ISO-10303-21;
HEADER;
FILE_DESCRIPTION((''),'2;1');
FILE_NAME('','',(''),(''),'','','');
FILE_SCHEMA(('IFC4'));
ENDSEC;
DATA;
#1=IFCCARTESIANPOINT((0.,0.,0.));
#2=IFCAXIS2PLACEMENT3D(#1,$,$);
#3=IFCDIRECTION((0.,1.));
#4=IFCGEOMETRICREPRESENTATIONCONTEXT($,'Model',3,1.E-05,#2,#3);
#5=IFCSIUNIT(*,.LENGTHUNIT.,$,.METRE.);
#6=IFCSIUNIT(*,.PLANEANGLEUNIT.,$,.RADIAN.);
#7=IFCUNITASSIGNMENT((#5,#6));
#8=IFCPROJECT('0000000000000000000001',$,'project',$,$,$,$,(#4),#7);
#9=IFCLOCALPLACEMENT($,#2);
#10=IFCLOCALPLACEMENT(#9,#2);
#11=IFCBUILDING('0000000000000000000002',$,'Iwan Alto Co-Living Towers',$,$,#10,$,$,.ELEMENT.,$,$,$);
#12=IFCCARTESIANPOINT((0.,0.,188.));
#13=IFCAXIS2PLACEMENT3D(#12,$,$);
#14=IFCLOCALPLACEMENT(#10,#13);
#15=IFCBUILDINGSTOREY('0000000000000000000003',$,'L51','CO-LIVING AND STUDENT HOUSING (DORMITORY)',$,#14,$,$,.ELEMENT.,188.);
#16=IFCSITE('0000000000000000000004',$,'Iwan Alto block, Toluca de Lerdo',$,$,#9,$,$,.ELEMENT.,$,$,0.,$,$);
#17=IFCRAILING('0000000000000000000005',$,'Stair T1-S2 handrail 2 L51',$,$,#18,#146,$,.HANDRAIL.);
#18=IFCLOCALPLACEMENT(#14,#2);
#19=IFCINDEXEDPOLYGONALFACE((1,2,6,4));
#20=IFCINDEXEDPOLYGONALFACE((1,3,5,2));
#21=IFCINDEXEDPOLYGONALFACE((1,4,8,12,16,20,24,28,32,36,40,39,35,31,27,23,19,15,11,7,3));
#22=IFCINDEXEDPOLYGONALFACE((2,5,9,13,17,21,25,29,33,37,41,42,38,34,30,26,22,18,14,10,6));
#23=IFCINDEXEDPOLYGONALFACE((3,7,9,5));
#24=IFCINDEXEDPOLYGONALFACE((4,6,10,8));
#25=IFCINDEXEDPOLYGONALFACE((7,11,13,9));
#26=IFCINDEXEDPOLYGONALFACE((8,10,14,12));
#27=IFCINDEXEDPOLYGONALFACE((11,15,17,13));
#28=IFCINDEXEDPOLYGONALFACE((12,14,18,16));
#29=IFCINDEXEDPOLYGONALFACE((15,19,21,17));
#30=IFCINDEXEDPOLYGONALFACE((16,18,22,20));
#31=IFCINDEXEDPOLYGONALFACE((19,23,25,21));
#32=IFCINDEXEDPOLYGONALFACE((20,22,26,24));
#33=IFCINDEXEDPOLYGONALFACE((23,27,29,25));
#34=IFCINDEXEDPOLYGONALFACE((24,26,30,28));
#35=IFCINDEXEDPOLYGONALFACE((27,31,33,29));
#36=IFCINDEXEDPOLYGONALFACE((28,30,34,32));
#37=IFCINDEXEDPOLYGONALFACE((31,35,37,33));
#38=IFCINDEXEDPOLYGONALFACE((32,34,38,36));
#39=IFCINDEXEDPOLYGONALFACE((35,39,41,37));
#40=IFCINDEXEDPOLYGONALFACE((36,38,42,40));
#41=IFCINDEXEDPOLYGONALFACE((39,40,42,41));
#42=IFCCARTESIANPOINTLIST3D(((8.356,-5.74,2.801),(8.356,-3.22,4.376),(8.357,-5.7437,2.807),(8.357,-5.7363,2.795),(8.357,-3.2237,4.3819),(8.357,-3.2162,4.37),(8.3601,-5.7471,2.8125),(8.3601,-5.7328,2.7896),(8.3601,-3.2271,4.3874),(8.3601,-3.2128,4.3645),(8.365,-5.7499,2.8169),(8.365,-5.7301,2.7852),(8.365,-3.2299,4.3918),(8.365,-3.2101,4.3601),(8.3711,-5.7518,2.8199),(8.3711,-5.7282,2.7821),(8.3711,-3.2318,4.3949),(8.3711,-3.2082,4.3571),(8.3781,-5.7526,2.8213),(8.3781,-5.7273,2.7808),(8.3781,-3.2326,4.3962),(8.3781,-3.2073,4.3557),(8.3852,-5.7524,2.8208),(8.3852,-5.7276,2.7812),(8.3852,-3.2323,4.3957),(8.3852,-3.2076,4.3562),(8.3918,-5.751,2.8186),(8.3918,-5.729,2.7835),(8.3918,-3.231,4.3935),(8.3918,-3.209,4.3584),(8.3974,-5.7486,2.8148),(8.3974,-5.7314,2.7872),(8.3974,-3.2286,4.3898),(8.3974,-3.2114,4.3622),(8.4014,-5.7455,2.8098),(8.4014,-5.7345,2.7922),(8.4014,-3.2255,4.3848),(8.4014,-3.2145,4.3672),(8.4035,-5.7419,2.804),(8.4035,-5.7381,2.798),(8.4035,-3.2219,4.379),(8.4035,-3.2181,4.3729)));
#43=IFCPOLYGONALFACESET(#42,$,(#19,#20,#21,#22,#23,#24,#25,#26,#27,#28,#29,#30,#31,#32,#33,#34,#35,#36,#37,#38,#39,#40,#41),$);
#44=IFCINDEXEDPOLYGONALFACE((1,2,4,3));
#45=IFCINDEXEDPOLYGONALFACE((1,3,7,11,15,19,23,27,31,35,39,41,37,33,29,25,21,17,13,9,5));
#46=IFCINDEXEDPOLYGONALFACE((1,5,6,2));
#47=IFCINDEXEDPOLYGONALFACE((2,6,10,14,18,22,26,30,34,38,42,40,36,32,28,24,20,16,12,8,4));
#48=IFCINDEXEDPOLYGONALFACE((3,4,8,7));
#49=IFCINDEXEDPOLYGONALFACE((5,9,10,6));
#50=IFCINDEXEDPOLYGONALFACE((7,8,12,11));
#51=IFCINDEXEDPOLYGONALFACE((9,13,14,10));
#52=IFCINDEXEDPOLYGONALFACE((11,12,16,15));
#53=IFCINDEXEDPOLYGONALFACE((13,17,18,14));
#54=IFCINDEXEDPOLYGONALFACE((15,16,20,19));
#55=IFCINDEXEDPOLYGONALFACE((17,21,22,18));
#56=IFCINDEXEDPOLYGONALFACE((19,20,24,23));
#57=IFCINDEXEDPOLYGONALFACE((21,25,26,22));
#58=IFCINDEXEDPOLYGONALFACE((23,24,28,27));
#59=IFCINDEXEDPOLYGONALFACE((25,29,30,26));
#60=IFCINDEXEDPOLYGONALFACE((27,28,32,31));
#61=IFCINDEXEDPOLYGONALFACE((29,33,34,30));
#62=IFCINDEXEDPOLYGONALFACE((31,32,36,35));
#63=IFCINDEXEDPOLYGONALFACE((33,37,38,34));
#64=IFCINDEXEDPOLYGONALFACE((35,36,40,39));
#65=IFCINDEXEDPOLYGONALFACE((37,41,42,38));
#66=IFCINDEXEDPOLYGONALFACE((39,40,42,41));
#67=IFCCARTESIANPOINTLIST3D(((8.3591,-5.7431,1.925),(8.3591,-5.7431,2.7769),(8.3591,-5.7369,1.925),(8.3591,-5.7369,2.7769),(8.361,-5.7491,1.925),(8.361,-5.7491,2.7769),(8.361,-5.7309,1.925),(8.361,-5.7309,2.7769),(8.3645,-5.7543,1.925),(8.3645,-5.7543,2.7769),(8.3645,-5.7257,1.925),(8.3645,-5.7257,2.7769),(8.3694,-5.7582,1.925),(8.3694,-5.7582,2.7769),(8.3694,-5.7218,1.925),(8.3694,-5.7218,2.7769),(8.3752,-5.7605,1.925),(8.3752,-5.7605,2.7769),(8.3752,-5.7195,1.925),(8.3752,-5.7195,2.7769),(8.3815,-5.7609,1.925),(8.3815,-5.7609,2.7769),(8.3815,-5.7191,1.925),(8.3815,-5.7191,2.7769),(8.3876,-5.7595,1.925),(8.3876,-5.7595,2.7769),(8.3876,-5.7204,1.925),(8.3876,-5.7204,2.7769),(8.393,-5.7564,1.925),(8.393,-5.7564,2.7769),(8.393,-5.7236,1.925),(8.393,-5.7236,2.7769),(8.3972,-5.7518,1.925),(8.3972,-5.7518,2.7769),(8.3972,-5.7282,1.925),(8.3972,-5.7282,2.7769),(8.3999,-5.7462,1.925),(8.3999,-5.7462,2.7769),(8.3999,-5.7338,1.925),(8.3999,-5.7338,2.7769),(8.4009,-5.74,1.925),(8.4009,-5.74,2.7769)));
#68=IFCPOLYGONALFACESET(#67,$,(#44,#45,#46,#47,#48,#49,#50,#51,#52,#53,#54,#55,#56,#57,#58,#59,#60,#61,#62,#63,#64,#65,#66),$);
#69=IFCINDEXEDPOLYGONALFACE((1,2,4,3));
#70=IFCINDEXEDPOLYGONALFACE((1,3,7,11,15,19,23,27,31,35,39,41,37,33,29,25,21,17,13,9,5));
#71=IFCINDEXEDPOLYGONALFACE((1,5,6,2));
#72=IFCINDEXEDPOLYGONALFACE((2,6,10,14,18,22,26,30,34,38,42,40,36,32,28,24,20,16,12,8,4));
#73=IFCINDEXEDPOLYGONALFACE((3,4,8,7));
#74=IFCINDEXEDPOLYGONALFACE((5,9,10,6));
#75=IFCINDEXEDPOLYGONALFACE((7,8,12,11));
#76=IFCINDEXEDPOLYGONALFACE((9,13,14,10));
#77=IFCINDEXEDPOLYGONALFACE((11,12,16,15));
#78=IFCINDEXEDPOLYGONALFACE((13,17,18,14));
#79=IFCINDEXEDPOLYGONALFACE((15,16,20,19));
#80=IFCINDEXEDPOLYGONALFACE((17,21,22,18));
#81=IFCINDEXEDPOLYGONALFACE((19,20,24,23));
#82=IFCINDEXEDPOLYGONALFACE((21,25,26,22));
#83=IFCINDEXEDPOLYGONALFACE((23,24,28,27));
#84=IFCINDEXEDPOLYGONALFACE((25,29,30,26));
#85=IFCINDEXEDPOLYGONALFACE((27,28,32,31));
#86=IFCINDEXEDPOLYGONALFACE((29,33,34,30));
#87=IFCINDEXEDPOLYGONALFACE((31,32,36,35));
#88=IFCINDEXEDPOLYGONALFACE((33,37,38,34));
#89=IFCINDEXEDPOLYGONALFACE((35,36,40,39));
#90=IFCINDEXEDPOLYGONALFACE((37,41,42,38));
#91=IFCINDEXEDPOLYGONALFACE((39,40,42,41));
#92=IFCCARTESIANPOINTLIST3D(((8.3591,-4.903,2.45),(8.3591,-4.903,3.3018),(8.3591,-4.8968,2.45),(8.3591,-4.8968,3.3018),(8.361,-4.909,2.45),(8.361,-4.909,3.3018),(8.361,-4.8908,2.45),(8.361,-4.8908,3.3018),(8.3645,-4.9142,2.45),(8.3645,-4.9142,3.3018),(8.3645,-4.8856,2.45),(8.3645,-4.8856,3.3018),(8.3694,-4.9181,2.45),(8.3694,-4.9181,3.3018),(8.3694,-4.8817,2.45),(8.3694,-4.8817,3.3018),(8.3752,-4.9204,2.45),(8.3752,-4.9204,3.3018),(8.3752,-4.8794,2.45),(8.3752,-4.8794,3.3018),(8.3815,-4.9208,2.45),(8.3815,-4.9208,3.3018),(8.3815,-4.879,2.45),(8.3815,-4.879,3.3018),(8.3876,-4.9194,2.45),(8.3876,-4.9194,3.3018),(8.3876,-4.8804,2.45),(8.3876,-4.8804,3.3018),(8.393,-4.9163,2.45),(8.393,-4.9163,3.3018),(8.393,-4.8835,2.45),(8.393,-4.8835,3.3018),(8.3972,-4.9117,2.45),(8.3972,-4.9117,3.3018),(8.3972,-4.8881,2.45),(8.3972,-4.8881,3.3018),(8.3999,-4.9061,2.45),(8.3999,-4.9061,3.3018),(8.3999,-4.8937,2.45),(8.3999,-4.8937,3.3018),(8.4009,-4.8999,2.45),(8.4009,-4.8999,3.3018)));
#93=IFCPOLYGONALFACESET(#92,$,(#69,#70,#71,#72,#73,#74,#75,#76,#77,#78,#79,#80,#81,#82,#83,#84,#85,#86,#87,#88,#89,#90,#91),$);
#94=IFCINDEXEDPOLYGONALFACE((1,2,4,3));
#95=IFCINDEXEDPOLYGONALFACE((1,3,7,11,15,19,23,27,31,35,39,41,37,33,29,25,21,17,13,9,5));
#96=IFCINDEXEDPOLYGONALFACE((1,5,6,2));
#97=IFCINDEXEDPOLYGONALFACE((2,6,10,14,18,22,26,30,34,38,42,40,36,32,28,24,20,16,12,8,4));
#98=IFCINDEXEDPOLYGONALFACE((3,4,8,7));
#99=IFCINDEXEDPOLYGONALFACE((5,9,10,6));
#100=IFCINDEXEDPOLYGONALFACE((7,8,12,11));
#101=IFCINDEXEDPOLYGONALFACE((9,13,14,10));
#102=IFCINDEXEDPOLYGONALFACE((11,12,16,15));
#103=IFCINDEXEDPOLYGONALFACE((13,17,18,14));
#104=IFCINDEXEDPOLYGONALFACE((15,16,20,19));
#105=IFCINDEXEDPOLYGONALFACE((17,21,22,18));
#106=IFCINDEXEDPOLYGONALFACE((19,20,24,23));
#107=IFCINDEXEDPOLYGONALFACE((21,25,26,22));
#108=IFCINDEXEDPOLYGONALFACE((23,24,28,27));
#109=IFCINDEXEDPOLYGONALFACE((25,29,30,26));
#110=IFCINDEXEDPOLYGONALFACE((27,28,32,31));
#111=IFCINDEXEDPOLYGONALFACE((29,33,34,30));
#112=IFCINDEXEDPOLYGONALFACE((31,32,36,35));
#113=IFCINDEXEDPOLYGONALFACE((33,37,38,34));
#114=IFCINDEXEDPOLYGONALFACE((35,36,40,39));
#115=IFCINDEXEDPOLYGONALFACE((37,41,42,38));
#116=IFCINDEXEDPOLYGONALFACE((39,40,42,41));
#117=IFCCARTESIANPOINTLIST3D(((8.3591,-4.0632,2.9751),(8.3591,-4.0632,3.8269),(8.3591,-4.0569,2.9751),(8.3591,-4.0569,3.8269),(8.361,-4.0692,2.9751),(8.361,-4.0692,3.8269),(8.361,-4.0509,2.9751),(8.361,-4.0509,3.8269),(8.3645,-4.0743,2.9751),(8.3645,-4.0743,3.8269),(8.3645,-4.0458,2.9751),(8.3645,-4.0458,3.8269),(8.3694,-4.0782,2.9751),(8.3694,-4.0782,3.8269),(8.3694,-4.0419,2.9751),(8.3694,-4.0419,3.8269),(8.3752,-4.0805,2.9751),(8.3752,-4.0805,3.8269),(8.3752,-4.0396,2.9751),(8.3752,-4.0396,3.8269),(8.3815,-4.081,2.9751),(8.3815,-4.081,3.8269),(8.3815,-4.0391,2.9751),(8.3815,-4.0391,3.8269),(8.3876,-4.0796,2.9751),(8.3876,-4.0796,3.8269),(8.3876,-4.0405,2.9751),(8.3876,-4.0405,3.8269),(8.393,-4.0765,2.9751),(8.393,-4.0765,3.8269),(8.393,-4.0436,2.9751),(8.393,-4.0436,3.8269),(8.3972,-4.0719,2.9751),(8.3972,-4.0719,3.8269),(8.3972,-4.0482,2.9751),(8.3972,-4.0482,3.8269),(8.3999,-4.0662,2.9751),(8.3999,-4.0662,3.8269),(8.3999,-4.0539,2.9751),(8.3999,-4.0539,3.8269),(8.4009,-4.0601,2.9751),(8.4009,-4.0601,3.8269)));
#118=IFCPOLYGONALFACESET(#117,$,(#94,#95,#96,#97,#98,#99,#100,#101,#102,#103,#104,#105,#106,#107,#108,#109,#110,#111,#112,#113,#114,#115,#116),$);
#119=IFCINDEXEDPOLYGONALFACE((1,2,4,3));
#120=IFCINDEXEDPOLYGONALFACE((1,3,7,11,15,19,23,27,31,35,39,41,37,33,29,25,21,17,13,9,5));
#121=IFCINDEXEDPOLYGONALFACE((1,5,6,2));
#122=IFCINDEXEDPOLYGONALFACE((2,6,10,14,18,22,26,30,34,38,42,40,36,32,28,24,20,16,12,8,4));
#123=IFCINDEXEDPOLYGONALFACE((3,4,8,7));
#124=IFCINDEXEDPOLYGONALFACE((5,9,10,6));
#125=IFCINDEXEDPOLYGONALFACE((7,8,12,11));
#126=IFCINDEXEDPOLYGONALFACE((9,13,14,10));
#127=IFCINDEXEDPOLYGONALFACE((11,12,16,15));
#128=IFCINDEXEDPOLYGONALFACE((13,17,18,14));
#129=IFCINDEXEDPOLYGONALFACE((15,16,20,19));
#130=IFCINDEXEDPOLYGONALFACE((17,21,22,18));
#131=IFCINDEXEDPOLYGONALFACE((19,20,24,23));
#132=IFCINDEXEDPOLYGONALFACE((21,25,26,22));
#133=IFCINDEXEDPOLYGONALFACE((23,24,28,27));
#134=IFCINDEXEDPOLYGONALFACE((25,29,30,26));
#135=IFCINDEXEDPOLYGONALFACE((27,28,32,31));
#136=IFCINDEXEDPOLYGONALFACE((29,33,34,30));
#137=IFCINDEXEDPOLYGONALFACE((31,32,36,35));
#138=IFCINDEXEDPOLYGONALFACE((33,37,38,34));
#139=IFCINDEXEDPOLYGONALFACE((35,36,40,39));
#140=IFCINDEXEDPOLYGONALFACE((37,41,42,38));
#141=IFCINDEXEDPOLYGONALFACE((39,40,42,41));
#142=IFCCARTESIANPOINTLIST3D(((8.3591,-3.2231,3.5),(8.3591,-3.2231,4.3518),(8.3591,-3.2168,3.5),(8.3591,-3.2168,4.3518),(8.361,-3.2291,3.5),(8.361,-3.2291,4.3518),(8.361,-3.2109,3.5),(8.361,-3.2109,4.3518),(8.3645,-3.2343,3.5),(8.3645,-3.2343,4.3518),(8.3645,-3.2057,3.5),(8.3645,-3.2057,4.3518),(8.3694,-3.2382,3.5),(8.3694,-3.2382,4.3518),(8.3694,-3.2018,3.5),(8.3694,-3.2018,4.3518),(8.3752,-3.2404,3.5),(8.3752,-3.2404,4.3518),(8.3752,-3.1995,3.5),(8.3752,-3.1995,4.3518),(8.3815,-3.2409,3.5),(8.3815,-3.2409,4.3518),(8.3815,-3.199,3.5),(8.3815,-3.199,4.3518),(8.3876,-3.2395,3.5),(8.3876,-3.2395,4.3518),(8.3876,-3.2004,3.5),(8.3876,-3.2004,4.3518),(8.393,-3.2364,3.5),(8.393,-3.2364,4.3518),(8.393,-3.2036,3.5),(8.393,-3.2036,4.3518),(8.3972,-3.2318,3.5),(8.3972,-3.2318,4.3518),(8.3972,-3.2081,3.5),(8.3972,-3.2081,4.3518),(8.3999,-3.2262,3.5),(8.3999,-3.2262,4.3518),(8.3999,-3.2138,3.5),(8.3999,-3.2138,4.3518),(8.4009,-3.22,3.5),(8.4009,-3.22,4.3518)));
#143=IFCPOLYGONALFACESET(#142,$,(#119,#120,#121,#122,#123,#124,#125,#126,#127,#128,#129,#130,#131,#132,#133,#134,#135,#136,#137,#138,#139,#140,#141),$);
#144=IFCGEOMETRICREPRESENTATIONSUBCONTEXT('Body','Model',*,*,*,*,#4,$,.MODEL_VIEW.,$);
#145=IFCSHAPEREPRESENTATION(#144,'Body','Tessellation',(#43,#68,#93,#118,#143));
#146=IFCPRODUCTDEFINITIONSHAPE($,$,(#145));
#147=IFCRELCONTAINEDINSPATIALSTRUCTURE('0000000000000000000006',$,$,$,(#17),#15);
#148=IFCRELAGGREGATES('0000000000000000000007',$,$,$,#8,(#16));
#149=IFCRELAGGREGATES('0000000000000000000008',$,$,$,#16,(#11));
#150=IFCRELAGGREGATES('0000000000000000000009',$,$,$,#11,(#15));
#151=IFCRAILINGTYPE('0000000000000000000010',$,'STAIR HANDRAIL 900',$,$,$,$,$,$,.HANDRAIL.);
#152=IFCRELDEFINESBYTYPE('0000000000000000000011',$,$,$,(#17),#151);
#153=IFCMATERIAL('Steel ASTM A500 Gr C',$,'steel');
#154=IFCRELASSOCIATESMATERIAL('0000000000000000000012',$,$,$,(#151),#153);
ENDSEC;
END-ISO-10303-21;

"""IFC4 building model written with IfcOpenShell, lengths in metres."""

from ifc_helpers import new_model, si_unit, direction, frame, origin, origin_2d, place, context, subcontext, project, spatial, circle, extrude, material, type_object, element, save


model = new_model("IFC4")

# Units and contexts
model_context = context("Model", 3, precision=1e-05, world=origin(), true_north=direction((0.0, 1.0)))
body_context = subcontext(model_context, "Body", "Model", "MODEL_VIEW")
ifc_project = project(units=[si_unit("LENGTHUNIT", "METRE"), si_unit("PLANEANGLEUNIT", "RADIAN")], contexts=[model_context])

# Site, building, storey
site_placement = place(None, origin())
site = spatial("IfcSite", under=ifc_project, at=site_placement, Name="Iwan Alto block, Toluca de Lerdo", CompositionType="ELEMENT", RefElevation=0.0)
building_placement = place(site_placement, origin())
building = spatial("IfcBuilding", under=site, at=building_placement, Name="Iwan Alto Co-Living Towers", CompositionType="ELEMENT")
storey_placement = place(building_placement, frame((0.0, 0.0, 188.0)))
storey = spatial("IfcBuildingStorey", under=building, at=storey_placement, Name="L51", Description="CO-LIVING AND STUDENT HOUSING (DORMITORY)", CompositionType="ELEMENT", Elevation=188.0)

# Railing
ifc_material_1 = material(Name="Steel ASTM A500 Gr C", Category="steel")
railing_type_1 = type_object("IfcRailingType", Name="STAIR HANDRAIL 900", PredefinedType="HANDRAIL", material=ifc_material_1)
railing_1_placement = place(storey_placement, frame((8.3799, -5.74, 1.925)))
element("IfcRailing", 1, at=railing_1_placement, inside=storey, type_object=railing_type_1, Name="Stair T1-S2 handrail 2 L51", PredefinedType="HANDRAIL", context=body_context, shape_type="SweptSolid", body=[
    extrude(circle(Radius=0.0239, at=origin_2d()), frame((0.0, 0.0, 0.876), z_axis=(0.0, 0.848008, 0.529984), x_axis=(-1.0, 0.0, 0.0)), (0.0, 0.0, 1.0), 2.9717),
    extrude(circle(Radius=0.021, at=origin_2d()), origin(), (0.0, 0.0, 1.0), 0.8518),
    extrude(circle(Radius=0.021, at=origin_2d()), frame((0.0, 0.8401, 0.5249)), (0.0, 0.0, 1.0), 0.8518),
    extrude(circle(Radius=0.021, at=origin_2d()), frame((0.0, 1.6799, 1.05)), (0.0, 0.0, 1.0), 0.8518),
    extrude(circle(Radius=0.021, at=origin_2d()), frame((0.0, 2.52, 1.575)), (0.0, 0.0, 1.0), 0.8518),
])

save(model, "model.ifc")
